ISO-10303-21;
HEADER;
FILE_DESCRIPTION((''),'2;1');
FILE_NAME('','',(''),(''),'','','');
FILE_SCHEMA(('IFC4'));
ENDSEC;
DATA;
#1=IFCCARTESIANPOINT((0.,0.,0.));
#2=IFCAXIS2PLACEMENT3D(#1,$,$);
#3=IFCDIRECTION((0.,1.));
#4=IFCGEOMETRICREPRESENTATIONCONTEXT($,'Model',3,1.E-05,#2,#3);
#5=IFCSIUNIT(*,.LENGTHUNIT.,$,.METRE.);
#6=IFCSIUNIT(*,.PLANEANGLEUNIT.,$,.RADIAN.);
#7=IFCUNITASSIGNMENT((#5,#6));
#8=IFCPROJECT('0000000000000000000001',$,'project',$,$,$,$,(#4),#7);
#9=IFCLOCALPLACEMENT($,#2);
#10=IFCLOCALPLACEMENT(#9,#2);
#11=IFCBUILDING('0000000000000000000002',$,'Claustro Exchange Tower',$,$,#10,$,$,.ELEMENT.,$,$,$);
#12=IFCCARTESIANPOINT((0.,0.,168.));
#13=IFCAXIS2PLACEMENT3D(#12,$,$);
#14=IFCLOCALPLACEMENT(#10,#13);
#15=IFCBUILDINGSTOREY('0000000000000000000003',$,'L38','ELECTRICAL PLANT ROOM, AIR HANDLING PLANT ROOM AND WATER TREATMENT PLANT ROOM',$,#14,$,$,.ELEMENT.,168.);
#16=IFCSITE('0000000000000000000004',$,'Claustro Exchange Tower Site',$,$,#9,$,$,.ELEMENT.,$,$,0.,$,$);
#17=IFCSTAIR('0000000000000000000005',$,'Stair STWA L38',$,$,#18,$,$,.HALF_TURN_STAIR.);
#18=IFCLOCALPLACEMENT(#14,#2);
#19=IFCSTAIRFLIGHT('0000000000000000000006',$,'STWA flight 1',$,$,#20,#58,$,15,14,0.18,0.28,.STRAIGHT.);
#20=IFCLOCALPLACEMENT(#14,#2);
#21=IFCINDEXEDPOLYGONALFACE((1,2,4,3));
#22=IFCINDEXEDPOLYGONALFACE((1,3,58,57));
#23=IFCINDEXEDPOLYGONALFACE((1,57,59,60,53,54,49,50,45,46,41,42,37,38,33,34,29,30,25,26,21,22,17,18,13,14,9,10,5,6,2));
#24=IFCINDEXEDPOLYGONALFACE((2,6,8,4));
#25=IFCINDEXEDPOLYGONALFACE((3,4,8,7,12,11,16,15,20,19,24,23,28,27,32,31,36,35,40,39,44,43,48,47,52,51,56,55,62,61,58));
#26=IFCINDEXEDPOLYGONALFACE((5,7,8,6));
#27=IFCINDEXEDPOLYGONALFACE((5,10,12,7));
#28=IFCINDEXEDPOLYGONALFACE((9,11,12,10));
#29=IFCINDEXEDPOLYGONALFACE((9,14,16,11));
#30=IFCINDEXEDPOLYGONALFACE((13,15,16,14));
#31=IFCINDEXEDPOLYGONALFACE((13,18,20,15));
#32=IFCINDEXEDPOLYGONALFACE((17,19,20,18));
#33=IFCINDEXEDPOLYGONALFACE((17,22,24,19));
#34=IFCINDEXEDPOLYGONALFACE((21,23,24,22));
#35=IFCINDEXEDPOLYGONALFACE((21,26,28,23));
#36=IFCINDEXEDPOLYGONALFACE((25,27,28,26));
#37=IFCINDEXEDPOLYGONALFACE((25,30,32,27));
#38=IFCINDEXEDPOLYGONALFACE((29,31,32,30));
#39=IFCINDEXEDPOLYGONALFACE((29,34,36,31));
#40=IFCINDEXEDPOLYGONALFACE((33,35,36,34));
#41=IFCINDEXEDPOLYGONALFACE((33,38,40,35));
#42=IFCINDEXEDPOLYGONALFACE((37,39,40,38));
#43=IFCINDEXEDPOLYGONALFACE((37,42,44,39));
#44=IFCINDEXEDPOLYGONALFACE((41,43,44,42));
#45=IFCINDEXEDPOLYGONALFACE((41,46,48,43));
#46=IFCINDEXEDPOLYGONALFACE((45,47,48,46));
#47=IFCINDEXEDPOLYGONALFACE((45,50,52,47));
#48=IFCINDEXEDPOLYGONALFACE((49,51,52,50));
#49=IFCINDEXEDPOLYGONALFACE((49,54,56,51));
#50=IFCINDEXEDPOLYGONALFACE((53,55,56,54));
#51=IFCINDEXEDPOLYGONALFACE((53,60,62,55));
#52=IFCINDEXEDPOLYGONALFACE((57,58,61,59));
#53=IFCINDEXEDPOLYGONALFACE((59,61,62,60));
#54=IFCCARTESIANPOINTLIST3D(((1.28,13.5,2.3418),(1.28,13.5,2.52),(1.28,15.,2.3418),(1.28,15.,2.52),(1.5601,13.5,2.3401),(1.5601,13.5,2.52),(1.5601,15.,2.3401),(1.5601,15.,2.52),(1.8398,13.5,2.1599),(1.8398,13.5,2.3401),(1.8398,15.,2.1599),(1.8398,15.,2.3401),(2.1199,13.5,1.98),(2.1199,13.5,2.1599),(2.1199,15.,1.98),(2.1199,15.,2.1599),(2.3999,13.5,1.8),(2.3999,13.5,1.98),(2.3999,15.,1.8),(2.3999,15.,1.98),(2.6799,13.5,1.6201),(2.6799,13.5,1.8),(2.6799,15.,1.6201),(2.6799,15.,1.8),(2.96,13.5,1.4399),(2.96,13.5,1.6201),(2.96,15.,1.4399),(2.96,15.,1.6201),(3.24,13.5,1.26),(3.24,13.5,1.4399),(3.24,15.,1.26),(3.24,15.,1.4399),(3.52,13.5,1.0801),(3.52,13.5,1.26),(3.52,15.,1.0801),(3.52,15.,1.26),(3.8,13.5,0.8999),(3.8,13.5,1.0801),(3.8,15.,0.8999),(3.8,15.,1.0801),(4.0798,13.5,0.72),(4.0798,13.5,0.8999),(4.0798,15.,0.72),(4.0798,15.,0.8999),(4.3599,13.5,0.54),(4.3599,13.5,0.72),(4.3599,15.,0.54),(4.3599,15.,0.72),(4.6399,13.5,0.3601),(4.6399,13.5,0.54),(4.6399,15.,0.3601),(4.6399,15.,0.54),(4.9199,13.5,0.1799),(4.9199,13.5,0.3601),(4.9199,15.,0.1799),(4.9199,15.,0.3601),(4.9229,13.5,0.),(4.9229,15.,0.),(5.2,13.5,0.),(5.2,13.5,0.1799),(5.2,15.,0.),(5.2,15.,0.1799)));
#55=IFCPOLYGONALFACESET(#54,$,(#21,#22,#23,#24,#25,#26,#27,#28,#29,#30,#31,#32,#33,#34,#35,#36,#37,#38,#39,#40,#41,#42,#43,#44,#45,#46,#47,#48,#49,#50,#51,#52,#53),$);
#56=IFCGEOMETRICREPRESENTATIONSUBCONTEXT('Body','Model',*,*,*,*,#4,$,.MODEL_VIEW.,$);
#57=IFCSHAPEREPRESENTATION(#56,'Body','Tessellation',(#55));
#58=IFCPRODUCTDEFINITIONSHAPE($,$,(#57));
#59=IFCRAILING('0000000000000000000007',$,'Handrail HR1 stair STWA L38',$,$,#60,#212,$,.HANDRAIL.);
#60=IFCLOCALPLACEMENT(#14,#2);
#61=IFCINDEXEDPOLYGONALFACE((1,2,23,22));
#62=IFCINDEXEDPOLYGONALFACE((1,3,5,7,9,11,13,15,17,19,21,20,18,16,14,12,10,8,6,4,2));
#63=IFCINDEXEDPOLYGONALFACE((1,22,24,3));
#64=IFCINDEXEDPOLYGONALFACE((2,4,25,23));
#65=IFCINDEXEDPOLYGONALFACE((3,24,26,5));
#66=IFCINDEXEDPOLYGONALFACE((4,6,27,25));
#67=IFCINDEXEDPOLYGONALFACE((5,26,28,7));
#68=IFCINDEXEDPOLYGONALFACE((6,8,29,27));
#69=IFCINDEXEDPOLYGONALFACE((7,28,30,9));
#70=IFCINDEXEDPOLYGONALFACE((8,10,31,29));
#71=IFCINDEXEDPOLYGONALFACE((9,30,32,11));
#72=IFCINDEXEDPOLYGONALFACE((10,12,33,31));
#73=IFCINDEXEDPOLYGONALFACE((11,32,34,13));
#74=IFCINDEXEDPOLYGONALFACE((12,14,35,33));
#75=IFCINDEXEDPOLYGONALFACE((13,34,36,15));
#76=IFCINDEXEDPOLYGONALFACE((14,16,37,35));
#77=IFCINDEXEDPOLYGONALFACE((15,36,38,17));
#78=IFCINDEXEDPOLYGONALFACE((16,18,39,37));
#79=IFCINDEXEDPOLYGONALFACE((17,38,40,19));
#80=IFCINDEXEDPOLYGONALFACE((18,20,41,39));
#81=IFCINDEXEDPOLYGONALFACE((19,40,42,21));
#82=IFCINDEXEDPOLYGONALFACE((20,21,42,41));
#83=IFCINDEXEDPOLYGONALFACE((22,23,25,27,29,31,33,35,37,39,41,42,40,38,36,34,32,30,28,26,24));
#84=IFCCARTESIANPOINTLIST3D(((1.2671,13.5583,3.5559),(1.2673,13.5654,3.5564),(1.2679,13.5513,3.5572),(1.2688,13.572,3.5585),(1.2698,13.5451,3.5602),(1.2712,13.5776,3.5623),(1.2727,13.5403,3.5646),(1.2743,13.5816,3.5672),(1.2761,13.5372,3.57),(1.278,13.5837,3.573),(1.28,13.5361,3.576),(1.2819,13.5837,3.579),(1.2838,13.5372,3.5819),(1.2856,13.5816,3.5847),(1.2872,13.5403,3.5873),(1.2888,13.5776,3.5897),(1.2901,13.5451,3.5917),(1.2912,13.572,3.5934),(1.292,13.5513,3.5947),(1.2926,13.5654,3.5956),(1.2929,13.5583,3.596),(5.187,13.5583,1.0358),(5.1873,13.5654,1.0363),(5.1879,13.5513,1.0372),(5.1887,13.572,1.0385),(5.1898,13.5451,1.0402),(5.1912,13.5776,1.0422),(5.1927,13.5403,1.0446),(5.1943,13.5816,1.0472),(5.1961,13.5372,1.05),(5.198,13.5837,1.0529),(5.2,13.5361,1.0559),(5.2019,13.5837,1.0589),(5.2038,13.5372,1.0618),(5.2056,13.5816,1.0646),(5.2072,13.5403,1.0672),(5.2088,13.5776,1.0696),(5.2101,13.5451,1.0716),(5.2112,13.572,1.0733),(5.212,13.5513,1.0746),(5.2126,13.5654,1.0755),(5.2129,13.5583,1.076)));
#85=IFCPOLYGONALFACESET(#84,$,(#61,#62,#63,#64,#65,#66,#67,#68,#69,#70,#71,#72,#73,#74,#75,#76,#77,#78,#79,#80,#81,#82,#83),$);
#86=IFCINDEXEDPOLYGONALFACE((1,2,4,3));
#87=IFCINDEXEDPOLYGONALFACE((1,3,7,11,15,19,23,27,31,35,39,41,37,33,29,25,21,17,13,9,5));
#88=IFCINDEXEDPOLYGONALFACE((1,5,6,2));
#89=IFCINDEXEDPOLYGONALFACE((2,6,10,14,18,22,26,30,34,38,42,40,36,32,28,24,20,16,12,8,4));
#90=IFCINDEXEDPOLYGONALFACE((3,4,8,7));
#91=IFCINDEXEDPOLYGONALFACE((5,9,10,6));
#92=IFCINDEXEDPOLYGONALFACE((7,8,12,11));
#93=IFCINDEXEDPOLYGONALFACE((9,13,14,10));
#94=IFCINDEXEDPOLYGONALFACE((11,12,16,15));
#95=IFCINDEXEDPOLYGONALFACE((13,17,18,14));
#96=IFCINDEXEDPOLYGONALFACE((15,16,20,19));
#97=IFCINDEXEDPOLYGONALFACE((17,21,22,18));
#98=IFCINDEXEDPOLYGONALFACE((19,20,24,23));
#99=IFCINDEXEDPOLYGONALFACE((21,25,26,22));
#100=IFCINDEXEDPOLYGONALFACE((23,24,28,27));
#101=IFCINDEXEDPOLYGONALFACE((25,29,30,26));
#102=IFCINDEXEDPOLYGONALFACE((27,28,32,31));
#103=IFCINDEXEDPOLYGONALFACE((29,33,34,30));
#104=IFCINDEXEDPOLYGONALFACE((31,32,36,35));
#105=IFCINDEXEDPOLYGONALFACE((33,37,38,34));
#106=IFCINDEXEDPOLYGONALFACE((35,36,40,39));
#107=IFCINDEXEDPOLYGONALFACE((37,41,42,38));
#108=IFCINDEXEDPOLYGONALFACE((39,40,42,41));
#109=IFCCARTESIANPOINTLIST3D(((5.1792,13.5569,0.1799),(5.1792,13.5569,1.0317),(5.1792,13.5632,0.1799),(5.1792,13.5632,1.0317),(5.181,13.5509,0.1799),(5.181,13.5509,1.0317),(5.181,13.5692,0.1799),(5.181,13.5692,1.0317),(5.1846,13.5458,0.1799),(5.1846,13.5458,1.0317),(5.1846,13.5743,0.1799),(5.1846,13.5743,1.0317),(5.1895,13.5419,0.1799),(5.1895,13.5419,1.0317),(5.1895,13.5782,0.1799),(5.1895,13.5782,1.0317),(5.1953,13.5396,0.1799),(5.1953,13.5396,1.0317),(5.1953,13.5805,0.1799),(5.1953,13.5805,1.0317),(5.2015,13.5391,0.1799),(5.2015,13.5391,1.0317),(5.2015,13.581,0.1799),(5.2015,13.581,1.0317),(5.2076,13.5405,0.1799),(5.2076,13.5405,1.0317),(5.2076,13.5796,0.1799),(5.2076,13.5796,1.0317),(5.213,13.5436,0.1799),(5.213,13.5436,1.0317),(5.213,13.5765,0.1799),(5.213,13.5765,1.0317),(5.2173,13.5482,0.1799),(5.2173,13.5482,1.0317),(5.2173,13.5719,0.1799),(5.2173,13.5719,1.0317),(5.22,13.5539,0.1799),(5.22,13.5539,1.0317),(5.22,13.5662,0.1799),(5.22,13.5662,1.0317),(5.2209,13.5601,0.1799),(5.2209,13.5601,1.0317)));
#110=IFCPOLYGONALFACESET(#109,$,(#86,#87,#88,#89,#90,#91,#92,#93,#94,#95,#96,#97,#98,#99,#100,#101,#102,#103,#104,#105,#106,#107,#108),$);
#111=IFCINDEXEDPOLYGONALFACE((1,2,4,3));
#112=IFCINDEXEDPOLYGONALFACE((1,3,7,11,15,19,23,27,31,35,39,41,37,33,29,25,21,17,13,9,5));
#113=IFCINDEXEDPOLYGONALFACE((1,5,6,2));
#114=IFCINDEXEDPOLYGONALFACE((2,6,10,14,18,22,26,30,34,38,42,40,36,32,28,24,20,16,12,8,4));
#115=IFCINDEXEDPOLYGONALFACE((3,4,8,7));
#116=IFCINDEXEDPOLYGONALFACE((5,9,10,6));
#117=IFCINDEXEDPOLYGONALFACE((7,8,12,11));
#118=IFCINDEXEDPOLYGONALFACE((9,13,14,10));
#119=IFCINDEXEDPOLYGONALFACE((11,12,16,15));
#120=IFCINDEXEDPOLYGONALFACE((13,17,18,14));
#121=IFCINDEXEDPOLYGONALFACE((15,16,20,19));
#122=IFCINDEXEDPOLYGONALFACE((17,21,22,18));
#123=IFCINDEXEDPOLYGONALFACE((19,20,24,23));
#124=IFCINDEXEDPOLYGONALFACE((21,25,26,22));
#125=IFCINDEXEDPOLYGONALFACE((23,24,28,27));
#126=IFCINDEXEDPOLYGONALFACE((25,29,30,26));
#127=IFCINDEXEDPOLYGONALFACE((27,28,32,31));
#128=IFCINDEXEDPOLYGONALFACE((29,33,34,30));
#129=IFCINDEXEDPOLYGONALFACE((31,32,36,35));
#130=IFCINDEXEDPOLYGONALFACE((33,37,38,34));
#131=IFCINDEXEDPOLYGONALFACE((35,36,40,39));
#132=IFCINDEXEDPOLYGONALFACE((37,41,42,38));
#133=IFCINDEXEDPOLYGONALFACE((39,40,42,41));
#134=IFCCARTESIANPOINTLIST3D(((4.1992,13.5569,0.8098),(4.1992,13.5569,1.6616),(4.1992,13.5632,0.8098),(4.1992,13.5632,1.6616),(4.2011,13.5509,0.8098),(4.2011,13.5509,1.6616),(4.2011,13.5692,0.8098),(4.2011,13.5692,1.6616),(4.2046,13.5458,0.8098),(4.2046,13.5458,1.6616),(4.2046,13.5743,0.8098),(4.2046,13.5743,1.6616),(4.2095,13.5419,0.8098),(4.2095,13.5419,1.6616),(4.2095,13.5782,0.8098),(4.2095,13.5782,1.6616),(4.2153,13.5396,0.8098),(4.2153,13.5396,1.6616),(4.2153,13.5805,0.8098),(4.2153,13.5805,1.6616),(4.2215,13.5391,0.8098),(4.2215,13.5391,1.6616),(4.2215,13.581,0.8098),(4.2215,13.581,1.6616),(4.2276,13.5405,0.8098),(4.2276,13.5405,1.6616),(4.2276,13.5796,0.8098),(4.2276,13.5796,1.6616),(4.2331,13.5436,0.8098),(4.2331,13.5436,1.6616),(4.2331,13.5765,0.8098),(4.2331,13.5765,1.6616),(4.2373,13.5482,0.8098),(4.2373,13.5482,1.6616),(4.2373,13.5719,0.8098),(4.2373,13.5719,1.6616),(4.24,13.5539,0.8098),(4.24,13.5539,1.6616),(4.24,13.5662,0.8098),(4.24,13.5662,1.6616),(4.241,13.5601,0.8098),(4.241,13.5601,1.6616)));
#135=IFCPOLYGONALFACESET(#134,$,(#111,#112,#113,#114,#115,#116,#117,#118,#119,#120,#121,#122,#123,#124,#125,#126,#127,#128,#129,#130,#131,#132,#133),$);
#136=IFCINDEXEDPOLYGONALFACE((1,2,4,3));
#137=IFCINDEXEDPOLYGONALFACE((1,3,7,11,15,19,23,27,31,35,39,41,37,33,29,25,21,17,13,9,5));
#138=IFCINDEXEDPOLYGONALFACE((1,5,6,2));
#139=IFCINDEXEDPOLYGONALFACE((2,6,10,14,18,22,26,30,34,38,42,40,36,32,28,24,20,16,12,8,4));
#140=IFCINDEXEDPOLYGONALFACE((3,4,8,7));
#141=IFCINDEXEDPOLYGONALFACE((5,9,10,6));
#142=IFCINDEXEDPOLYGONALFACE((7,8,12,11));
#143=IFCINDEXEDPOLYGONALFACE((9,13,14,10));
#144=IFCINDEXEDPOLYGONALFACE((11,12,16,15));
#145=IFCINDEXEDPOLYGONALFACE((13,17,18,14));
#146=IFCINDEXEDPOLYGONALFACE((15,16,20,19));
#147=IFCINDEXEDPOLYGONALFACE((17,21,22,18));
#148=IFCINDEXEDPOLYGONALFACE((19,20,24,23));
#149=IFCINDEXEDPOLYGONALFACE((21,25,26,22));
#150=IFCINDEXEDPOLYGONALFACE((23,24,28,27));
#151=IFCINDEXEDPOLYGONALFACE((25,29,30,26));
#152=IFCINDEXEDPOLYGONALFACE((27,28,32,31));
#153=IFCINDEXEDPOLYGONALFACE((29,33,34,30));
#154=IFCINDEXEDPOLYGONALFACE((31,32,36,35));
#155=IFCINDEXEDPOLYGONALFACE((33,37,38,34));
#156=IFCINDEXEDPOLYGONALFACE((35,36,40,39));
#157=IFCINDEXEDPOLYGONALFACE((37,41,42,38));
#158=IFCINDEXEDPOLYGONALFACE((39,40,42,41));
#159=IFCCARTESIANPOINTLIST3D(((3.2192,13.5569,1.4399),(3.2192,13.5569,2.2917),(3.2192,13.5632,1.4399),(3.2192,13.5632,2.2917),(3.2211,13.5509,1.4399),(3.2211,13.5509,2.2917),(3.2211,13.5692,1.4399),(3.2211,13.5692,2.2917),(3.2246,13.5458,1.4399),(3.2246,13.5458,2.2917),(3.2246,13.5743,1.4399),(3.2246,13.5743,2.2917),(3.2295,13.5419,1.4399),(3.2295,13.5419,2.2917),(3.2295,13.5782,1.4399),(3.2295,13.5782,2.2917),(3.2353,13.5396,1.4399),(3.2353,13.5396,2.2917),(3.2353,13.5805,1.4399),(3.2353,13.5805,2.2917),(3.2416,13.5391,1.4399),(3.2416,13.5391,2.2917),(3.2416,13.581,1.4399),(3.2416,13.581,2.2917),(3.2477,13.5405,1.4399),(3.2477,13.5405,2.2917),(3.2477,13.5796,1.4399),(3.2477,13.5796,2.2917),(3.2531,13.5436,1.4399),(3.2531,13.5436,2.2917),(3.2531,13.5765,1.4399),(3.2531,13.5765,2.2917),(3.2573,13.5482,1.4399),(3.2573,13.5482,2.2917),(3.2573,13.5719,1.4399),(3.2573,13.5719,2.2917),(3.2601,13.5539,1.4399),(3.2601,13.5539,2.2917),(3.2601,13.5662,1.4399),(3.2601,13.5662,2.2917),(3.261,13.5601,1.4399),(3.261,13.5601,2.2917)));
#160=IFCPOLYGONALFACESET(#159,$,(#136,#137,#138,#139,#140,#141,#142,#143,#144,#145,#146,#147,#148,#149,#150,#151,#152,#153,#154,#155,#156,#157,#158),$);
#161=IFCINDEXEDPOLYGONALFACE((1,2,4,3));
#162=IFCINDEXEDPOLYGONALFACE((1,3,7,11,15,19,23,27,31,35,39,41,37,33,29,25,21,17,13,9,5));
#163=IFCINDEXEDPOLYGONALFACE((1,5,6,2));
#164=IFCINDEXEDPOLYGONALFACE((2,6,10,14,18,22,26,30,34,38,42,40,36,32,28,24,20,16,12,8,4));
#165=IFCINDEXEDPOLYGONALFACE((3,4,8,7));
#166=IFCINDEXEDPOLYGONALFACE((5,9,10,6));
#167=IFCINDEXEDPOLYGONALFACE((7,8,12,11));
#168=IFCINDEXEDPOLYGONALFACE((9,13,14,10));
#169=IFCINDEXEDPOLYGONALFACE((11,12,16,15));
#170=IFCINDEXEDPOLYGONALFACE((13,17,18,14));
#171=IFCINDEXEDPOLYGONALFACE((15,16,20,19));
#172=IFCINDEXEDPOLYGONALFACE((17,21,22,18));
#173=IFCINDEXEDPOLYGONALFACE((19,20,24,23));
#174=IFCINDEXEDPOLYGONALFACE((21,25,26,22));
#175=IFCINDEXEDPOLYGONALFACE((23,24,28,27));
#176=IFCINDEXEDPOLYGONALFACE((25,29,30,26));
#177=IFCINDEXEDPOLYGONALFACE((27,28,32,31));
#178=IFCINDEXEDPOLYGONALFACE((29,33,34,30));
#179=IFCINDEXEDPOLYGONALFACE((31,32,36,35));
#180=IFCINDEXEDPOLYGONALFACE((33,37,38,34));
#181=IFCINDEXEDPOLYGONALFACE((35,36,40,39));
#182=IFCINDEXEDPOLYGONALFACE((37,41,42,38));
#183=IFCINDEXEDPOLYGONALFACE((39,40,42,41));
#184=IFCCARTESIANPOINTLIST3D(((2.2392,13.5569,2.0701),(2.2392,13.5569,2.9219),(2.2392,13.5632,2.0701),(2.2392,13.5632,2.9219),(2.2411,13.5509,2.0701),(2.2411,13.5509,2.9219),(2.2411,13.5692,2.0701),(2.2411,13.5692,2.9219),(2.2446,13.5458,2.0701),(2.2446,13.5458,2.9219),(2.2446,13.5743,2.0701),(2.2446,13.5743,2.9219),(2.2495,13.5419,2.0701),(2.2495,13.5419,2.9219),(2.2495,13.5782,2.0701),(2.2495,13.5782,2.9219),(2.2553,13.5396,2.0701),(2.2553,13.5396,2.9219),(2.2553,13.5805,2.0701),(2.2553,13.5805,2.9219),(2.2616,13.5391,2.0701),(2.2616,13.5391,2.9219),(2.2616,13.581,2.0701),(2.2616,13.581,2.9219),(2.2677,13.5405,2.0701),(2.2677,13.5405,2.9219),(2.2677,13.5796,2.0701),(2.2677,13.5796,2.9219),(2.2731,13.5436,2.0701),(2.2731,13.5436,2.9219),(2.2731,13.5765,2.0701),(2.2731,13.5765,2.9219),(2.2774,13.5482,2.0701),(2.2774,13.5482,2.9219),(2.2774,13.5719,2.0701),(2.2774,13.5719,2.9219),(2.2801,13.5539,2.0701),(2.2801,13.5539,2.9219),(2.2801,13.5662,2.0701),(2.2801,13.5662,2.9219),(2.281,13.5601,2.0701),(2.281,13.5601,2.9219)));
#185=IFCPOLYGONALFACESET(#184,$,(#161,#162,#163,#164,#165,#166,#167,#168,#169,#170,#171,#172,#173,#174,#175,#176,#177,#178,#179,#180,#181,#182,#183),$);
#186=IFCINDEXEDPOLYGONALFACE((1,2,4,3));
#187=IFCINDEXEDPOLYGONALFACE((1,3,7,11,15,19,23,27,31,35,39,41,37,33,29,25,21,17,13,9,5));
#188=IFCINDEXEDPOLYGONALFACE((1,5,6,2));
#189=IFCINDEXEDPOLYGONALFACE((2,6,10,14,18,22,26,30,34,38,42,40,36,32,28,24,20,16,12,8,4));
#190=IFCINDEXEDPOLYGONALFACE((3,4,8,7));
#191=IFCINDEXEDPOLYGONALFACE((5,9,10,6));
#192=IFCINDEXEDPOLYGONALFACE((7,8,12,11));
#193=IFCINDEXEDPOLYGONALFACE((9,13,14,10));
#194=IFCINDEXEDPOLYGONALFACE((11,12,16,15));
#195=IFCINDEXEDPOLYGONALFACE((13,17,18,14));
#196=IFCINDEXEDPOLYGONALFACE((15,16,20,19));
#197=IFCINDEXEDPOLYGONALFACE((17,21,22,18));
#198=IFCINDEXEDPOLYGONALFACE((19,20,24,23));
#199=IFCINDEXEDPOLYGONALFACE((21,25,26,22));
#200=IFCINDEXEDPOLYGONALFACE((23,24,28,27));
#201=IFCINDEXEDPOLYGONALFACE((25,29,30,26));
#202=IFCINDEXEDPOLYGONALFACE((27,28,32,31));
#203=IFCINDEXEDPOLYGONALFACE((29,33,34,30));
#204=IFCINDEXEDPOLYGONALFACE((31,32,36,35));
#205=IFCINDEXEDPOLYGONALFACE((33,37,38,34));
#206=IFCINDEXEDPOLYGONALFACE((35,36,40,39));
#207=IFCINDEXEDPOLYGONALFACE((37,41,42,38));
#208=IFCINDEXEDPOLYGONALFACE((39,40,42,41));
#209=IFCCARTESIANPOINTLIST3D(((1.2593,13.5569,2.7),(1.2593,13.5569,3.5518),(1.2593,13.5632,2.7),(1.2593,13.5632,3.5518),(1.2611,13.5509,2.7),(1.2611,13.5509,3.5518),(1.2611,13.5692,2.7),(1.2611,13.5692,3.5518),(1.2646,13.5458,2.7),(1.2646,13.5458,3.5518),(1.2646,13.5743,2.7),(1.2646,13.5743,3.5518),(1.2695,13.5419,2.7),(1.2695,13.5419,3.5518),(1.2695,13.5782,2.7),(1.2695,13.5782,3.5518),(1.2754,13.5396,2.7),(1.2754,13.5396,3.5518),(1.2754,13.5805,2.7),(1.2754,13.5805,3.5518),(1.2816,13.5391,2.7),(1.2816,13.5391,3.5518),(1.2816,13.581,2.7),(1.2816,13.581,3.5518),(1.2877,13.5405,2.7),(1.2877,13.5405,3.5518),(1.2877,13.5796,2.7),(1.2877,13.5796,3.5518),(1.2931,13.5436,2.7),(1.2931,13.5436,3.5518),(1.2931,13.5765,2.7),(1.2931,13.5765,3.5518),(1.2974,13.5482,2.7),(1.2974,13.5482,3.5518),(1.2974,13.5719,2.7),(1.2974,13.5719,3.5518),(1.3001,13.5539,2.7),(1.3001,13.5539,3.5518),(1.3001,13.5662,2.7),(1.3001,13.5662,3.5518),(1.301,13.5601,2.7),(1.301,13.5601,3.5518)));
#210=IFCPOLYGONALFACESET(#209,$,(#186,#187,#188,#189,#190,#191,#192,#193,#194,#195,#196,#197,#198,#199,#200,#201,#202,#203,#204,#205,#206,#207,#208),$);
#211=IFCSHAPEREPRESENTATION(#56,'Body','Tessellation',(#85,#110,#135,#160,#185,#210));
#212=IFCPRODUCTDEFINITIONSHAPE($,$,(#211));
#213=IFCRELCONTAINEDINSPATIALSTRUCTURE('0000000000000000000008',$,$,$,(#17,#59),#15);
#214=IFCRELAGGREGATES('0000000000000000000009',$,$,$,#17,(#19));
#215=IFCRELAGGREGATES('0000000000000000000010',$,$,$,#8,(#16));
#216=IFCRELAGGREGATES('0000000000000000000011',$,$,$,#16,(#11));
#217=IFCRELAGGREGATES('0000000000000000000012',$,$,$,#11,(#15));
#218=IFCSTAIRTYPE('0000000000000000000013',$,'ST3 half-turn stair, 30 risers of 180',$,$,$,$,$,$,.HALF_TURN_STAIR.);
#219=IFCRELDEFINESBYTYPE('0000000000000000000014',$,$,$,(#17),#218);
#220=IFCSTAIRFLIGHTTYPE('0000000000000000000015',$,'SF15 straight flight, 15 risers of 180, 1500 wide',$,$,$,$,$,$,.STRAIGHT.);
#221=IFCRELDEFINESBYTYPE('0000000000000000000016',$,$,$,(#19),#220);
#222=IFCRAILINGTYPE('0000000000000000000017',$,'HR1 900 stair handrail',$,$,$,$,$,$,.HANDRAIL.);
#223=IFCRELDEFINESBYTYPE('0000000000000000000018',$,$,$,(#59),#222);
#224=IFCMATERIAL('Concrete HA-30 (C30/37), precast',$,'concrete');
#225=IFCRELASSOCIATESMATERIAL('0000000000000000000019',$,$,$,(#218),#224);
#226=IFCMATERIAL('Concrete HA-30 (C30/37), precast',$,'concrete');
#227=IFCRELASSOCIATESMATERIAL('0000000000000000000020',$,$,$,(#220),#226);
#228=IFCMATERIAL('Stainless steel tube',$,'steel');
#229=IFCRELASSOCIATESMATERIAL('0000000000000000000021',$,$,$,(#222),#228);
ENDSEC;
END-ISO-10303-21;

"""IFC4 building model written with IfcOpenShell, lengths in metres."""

from ifc_helpers import new_model, si_unit, direction, frame, origin, origin_2d, place, context, subcontext, project, spatial, polyline, circle, outline, extrude, material, type_object, element, aggregate, save


model = new_model("IFC4")

# Units and contexts
model_context = context("Model", 3, precision=1e-05, world=origin(), true_north=direction((0.0, 1.0)))
body_context = subcontext(model_context, "Body", "Model", "MODEL_VIEW")
ifc_project = project(units=[si_unit("LENGTHUNIT", "METRE"), si_unit("PLANEANGLEUNIT", "RADIAN")], contexts=[model_context])

# Site, building, storey
site_placement = place(None, origin())
site = spatial("IfcSite", under=ifc_project, at=site_placement, Name="Claustro Exchange Tower Site", CompositionType="ELEMENT", RefElevation=0.0)
building_placement = place(site_placement, origin())
building = spatial("IfcBuilding", under=site, at=building_placement, Name="Claustro Exchange Tower", CompositionType="ELEMENT")
storey_placement = place(building_placement, frame((0.0, 0.0, 168.0)))
storey = spatial("IfcBuildingStorey", under=building, at=storey_placement, Name="L38", Description="ELECTRICAL PLANT ROOM, AIR HANDLING PLANT ROOM AND WATER TREATMENT PLANT ROOM", CompositionType="ELEMENT", Elevation=168.0)

# Stair, stair flight
ifc_material_1 = material(Name="Concrete HA-30 (C30/37), precast", Category="concrete")
stair_type = type_object("IfcStairType", Name="ST3 half-turn stair, 30 risers of 180", PredefinedType="HALF_TURN_STAIR", material=ifc_material_1)
stair_placement = place(storey_placement, origin())
stair = element("IfcStair", 1, at=stair_placement, inside=storey, type_object=stair_type, Name="Stair STWA L38", PredefinedType="HALF_TURN_STAIR")
ifc_material_2 = material(Name="Concrete HA-30 (C30/37), precast", Category="concrete")
stair_flight_type = type_object("IfcStairFlightType", Name="SF15 straight flight, 15 risers of 180, 1500 wide", PredefinedType="STRAIGHT", material=ifc_material_2)
stair_flight_placement = place(storey_placement, frame((5.2, 14.25, 0.0), z_axis=(0.0, 0.0, 1.0), x_axis=(-1.0, 0.0, 0.0)))
stair_flight = element("IfcStairFlight", 2, at=stair_flight_placement, type_object=stair_flight_type, Name="STWA flight 1", NumberOfRisers=15, NumberOfTreads=14, PredefinedType="STRAIGHT", RiserHeight=0.18, TreadLength=0.28, context=body_context, shape_type="SweptSolid", body=[
    extrude(outline(polyline([(0.0, 0.0), (0.0, 0.1799), (0.28, 0.1799), (0.28, 0.3601), (0.5601, 0.3601), (0.5601, 0.54), (0.8401, 0.54), (0.8401, 0.72), (1.1201, 0.72), (1.1201, 0.8999), (1.3999, 0.8999), (1.3999, 1.0801), (1.6799, 1.0801), (1.6799, 1.26), (1.96, 1.26), (1.96, 1.4399), (2.24, 1.4399), (2.24, 1.6201), (2.52, 1.6201), (2.52, 1.8), (2.8, 1.8), (2.8, 1.98), (3.0801, 1.98), (3.0801, 2.1599), (3.3601, 2.1599), (3.3601, 2.3401), (3.6399, 2.3401), (3.6399, 2.52), (3.9199, 2.52), (3.9199, 2.7), (3.9199, 2.3418), (0.2771, 0.0), (0.0, 0.0)])), frame((0.0, 0.75, 0.0), z_axis=(0.0, -1.0, 0.0), x_axis=(1.0, 0.0, 0.0)), (0.0, 0.0, 1.0), 1.5),
])
aggregate(stair, [stair_flight])

# Railing
ifc_material_3 = material(Name="Stainless steel tube", Category="steel")
railing_type_1 = type_object("IfcRailingType", Name="HR1 900 stair handrail", PredefinedType="HANDRAIL", material=ifc_material_3)
railing_1_placement = place(storey_placement, frame((5.2, 13.5601, 0.1799)))
element("IfcRailing", 3, at=railing_1_placement, inside=storey, type_object=railing_type_1, Name="Handrail HR1 stair STWA L38", PredefinedType="HANDRAIL", context=body_context, shape_type="SweptSolid", body=[
    extrude(circle(Radius=0.0239, at=origin_2d()), frame((0.0, 0.0, 0.876), z_axis=(-0.841172, 0.0, 0.540768), x_axis=(0.0, -1.0, 0.0)), (0.0, 0.0, 1.0), 4.6602),
    extrude(circle(Radius=0.021, at=origin_2d()), origin(), (0.0, 0.0, 1.0), 0.8518),
    extrude(circle(Radius=0.021, at=origin_2d()), frame((-0.98, 0.0, 0.6299)), (0.0, 0.0, 1.0), 0.8518),
    extrude(circle(Radius=0.021, at=origin_2d()), frame((-1.96, 0.0, 1.26)), (0.0, 0.0, 1.0), 0.8518),
    extrude(circle(Radius=0.021, at=origin_2d()), frame((-2.9399, 0.0, 1.8901)), (0.0, 0.0, 1.0), 0.8518),
    extrude(circle(Radius=0.021, at=origin_2d()), frame((-3.9199, 0.0, 2.52)), (0.0, 0.0, 1.0), 0.8518),
])

save(model, "model.ifc")
